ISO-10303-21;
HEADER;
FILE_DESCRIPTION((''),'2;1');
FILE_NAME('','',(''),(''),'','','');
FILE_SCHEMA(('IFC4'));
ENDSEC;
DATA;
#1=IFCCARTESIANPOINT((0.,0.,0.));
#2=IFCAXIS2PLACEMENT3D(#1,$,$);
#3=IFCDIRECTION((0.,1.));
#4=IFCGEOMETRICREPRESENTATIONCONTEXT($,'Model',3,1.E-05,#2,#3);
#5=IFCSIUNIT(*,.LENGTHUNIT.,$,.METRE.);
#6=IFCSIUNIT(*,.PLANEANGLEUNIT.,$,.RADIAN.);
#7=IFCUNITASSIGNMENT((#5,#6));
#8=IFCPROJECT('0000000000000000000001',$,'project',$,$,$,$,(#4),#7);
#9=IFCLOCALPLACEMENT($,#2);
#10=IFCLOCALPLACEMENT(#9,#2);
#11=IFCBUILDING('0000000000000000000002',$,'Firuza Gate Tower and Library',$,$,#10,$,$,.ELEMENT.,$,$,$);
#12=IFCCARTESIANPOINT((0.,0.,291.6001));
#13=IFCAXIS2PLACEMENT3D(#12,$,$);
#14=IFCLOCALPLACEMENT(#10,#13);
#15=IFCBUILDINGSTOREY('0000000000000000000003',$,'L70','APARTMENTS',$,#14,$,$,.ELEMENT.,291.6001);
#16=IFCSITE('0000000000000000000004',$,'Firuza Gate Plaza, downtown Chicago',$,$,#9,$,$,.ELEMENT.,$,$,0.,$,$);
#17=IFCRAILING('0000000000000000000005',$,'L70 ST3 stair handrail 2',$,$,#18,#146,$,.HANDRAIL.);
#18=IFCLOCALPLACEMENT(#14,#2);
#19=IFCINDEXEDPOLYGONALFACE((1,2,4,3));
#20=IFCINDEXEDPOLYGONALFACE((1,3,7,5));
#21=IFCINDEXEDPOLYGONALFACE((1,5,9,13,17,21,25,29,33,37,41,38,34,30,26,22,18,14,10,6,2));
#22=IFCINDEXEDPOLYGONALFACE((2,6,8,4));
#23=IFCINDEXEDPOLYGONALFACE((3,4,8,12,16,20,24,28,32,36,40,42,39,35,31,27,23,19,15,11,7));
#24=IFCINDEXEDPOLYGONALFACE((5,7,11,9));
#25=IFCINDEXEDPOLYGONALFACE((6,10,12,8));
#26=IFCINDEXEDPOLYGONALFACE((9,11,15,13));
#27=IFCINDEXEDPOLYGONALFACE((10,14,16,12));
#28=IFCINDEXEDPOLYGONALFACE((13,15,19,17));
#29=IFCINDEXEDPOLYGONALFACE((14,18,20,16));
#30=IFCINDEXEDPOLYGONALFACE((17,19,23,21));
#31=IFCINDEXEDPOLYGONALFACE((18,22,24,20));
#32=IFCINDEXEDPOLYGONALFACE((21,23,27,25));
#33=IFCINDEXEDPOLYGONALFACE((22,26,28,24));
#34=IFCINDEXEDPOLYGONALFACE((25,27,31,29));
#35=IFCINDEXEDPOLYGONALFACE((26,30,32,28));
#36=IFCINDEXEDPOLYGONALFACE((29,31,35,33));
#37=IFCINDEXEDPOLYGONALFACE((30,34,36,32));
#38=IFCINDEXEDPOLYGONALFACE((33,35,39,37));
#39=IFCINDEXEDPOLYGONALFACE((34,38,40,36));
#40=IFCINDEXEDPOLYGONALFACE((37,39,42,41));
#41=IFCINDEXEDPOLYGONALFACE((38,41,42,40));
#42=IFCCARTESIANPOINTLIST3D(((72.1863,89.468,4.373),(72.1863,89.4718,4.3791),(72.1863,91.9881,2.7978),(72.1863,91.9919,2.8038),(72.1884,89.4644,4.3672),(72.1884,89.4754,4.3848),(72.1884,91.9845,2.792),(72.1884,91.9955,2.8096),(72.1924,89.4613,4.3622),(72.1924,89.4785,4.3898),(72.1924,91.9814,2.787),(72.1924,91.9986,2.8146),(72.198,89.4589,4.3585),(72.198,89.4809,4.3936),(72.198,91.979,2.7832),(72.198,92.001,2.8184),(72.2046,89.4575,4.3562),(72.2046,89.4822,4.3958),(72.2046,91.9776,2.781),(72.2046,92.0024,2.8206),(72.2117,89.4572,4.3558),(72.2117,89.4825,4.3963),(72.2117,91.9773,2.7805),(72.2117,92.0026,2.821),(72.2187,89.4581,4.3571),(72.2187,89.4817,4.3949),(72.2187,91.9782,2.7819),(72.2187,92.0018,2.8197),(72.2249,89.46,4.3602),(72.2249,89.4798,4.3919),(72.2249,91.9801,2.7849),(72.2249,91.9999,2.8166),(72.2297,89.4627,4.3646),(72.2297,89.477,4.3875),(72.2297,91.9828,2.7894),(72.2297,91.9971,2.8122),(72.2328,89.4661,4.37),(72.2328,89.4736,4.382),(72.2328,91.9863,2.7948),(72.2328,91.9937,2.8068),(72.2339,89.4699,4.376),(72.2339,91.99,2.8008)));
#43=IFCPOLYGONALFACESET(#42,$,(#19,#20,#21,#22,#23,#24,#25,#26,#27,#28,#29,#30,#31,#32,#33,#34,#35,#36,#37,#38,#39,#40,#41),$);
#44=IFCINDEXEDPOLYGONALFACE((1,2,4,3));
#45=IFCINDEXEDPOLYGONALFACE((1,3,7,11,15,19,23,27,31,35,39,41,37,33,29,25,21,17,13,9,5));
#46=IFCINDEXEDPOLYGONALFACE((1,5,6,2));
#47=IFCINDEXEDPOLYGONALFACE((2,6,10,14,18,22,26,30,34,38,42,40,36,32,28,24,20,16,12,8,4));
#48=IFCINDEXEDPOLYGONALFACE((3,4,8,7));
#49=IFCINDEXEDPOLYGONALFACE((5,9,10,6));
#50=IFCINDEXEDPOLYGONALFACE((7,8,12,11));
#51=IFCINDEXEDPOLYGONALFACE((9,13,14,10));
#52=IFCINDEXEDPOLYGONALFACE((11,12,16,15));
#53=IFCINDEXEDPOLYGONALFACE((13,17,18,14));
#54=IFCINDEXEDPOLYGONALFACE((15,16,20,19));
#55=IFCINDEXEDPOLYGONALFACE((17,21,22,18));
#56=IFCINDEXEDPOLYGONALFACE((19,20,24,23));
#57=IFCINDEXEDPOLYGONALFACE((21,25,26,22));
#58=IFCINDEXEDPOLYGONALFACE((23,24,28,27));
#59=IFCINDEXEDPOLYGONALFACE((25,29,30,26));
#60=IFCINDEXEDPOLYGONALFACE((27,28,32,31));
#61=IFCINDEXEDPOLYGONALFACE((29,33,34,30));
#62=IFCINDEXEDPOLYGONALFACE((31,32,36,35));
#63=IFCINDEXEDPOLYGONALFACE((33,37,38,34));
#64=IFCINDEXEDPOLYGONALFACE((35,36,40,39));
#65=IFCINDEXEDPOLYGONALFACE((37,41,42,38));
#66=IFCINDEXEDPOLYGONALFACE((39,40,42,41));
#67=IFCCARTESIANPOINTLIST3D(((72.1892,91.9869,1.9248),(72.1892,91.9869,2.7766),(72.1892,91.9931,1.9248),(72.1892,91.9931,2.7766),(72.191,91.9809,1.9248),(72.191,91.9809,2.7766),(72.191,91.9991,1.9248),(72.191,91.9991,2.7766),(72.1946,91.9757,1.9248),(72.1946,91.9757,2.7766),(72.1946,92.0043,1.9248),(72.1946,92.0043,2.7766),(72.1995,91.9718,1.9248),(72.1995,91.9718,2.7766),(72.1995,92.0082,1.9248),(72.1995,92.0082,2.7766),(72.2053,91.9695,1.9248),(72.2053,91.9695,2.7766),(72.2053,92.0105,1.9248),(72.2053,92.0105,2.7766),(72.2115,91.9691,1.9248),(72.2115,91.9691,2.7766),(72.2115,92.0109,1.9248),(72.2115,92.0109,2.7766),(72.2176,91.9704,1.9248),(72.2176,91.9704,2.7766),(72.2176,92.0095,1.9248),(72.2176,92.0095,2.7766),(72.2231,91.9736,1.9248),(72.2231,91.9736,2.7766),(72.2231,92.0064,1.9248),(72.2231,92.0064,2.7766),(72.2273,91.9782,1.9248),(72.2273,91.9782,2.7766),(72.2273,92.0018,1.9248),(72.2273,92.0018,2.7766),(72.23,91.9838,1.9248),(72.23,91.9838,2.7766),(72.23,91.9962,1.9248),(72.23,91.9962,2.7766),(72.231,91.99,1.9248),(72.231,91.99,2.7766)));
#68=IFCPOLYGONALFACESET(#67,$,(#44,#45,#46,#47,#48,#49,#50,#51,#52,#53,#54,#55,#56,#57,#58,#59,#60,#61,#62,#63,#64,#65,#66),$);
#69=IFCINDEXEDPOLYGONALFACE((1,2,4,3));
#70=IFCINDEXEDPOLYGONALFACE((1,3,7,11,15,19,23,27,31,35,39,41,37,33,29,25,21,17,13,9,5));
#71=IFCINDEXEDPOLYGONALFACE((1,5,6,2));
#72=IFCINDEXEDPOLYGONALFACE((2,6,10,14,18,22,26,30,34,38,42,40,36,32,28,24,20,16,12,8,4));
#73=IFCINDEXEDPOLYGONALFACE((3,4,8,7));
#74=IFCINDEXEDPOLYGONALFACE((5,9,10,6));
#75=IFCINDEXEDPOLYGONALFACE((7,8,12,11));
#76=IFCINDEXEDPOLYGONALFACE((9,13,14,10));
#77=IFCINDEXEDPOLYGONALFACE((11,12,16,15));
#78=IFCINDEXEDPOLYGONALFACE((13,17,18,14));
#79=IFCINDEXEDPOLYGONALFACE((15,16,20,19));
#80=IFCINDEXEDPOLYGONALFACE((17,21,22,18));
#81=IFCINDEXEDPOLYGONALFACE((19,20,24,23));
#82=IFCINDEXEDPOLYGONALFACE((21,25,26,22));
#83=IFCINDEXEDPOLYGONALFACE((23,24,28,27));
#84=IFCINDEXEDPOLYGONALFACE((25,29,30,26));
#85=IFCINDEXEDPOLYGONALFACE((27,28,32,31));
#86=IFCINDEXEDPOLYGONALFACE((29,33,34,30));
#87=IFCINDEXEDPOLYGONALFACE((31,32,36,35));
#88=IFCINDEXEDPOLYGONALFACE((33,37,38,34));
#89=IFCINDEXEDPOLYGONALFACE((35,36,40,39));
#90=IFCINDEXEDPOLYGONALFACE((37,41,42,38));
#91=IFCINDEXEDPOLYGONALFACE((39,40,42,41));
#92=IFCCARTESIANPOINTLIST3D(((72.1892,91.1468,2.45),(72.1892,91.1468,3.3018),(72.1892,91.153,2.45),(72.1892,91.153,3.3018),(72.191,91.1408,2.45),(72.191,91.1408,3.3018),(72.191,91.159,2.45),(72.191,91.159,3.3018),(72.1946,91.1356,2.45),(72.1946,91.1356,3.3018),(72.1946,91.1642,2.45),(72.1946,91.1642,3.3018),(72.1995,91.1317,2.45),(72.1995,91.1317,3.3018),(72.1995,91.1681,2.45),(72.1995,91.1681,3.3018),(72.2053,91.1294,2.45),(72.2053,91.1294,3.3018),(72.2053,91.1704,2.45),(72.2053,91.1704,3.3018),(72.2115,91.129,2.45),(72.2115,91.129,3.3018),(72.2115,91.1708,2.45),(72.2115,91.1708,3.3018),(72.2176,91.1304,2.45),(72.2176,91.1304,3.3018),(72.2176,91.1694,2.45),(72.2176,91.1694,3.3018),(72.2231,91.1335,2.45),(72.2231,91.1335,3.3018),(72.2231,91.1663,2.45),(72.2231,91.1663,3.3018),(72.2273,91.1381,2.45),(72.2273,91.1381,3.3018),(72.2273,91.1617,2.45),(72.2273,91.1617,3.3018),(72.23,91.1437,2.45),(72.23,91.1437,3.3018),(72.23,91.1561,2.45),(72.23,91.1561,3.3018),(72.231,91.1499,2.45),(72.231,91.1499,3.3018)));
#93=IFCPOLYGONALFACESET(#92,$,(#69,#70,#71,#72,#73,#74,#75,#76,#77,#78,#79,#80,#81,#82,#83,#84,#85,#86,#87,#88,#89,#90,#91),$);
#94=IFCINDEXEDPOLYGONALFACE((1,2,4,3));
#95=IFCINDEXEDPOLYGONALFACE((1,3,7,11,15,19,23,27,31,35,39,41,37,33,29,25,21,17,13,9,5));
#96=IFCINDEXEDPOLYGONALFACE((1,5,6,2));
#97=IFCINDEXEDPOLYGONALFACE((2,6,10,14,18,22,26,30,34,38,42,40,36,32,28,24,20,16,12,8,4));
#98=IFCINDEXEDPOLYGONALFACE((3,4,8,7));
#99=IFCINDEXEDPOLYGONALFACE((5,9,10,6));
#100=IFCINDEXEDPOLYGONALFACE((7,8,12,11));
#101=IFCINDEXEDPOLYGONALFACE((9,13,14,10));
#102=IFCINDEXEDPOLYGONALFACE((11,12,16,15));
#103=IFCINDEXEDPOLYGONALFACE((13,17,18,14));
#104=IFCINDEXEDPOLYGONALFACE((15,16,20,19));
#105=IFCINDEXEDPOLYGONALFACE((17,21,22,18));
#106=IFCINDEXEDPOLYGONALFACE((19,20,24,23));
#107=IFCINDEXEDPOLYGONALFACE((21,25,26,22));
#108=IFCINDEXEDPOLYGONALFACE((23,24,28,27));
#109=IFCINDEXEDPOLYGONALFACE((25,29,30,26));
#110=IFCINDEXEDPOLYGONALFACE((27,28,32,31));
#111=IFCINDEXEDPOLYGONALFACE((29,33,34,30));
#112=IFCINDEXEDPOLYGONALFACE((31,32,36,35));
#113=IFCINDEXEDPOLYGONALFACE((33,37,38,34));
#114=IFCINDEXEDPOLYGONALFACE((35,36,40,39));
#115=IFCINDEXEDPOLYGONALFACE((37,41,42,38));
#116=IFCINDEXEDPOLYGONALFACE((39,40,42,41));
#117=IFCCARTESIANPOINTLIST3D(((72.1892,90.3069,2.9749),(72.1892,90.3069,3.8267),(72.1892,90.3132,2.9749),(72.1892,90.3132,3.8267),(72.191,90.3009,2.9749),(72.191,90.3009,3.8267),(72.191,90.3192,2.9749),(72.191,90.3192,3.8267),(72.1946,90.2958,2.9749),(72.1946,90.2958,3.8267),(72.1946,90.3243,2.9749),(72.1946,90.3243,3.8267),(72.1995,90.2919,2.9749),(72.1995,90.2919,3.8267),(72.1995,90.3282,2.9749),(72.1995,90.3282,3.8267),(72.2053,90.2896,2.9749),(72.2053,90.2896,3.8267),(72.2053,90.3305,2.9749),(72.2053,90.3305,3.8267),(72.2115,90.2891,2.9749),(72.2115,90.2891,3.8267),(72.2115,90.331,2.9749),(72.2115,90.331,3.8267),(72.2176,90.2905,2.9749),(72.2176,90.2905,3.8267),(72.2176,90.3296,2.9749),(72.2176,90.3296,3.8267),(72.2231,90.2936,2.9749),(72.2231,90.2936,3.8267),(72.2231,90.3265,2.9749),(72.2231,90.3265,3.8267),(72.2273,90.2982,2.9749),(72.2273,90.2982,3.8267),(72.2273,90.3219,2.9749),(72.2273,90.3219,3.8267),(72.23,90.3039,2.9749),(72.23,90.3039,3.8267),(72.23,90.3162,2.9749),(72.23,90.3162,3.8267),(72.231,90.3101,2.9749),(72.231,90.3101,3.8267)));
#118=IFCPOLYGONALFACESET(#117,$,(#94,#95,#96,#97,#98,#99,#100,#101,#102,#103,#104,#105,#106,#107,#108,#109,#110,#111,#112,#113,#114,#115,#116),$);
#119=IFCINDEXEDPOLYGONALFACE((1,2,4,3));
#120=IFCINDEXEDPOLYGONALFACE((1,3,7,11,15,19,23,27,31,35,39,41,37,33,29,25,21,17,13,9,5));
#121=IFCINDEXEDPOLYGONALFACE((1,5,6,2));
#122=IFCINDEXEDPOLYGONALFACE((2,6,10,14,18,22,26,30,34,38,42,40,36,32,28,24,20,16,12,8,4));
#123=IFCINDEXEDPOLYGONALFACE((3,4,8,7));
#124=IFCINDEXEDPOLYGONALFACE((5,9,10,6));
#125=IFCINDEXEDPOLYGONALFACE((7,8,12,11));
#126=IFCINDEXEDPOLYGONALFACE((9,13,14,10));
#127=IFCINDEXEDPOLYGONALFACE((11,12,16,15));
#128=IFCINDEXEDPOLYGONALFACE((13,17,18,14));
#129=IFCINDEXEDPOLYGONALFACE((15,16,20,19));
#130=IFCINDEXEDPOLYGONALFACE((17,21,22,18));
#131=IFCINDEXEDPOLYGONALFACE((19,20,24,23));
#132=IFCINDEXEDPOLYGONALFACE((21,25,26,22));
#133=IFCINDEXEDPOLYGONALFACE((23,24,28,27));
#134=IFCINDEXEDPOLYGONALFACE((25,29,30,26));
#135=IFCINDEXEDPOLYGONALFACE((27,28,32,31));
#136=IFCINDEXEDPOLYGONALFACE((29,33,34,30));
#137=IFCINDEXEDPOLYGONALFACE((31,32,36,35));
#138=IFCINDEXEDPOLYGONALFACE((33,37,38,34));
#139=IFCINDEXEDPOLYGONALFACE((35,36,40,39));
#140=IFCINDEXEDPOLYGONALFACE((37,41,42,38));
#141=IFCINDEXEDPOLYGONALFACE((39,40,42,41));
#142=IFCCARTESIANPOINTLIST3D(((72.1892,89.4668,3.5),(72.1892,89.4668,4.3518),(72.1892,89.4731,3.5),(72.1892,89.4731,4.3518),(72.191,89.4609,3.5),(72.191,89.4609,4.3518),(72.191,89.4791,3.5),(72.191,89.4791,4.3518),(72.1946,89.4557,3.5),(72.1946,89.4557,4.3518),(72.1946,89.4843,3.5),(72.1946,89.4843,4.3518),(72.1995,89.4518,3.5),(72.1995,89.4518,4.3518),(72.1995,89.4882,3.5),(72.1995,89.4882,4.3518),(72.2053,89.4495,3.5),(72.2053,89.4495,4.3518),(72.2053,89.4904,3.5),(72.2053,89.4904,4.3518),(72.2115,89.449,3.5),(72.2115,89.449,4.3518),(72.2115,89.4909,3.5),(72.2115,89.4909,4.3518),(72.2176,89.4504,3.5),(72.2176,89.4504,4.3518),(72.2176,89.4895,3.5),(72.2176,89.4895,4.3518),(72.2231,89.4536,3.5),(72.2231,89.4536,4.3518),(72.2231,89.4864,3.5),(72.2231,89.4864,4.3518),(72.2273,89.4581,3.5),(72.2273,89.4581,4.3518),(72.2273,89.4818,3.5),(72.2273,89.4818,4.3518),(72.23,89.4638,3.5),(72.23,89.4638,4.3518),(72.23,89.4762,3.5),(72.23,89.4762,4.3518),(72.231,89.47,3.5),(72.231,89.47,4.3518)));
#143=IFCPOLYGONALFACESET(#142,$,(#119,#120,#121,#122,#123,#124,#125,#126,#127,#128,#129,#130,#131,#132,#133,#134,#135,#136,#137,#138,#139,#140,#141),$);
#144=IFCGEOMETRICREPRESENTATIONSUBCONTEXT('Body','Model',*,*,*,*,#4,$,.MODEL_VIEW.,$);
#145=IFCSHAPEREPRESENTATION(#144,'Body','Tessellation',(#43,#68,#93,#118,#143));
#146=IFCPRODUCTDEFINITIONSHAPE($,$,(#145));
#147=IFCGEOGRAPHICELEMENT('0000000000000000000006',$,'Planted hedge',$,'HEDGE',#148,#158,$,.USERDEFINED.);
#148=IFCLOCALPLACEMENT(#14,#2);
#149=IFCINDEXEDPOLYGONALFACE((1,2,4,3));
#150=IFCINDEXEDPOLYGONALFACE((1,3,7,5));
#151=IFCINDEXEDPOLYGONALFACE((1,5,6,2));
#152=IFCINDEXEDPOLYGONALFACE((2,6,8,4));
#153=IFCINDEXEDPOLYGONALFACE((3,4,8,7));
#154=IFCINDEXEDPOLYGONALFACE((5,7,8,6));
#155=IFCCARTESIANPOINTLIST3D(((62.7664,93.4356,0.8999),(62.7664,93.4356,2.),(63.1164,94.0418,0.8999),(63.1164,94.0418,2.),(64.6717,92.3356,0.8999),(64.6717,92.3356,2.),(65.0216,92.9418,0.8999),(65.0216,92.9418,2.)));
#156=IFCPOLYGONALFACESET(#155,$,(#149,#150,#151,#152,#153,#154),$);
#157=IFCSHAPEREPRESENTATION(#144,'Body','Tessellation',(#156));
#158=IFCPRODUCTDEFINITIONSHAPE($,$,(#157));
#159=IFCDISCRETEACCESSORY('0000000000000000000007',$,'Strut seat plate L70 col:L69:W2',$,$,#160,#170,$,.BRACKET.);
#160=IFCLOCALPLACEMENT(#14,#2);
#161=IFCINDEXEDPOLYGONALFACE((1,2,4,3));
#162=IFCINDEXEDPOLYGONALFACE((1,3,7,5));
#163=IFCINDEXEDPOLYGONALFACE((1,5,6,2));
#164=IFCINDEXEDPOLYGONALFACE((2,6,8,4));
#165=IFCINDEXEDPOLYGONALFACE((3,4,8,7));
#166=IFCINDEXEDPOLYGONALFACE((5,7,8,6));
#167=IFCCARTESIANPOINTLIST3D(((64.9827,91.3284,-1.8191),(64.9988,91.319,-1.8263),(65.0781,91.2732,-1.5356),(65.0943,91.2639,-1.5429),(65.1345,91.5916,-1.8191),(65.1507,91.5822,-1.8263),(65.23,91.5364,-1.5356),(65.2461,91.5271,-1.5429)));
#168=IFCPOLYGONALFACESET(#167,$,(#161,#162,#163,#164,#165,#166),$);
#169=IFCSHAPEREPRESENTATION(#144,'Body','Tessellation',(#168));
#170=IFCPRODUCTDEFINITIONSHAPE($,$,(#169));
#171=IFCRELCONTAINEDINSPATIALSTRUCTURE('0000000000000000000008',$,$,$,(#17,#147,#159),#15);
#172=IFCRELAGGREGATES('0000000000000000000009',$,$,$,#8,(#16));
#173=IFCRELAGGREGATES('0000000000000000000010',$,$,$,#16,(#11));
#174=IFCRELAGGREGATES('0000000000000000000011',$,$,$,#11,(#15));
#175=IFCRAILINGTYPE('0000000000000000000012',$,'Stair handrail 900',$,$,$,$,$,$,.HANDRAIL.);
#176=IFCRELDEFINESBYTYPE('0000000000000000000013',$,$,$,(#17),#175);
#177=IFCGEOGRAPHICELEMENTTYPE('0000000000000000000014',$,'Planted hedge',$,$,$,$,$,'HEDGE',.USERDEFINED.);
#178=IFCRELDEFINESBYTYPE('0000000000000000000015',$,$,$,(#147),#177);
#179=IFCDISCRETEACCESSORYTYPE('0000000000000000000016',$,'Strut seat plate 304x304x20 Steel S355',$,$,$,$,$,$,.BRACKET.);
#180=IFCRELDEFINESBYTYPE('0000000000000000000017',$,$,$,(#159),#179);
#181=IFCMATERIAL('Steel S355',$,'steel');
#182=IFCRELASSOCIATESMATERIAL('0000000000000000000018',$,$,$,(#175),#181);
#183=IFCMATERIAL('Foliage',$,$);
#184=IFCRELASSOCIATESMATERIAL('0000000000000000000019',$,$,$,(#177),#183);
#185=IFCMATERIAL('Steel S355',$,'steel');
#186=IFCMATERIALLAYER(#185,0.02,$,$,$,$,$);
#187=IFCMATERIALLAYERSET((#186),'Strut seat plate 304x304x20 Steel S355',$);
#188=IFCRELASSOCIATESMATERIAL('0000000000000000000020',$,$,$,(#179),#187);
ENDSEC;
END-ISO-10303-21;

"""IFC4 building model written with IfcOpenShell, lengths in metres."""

from ifc_helpers import new_model, si_unit, direction, frame, origin, origin_2d, place, context, subcontext, project, spatial, polyline, rectangle, circle, outline, extrude, material, layer, layer_set, type_object, element, save


model = new_model("IFC4")

# Units and contexts
model_context = context("Model", 3, precision=1e-05, world=origin(), true_north=direction((0.0, 1.0)))
body_context = subcontext(model_context, "Body", "Model", "MODEL_VIEW")
ifc_project = project(units=[si_unit("LENGTHUNIT", "METRE"), si_unit("PLANEANGLEUNIT", "RADIAN")], contexts=[model_context])

# Site, building, storey
site_placement = place(None, origin())
site = spatial("IfcSite", under=ifc_project, at=site_placement, Name="Firuza Gate Plaza, downtown Chicago", CompositionType="ELEMENT", RefElevation=0.0)
building_placement = place(site_placement, origin())
building = spatial("IfcBuilding", under=site, at=building_placement, Name="Firuza Gate Tower and Library", CompositionType="ELEMENT")
storey_placement = place(building_placement, frame((0.0, 0.0, 291.6001)))
storey = spatial("IfcBuildingStorey", under=building, at=storey_placement, Name="L70", Description="APARTMENTS", CompositionType="ELEMENT", Elevation=291.6001)

# Railing
ifc_material_1 = material(Name="Steel S355", Category="steel")
railing_type = type_object("IfcRailingType", Name="Stair handrail 900", PredefinedType="HANDRAIL", material=ifc_material_1)
railing_placement = place(storey_placement, frame((72.21, 91.99, 1.9248)))
element("IfcRailing", 1, at=railing_placement, inside=storey, type_object=railing_type, Name="L70 ST3 stair handrail 2", PredefinedType="HANDRAIL", context=body_context, shape_type="SweptSolid", body=[
    extrude(circle(Radius=0.0239, at=origin_2d()), frame((0.0, 0.0, 0.876), z_axis=(0.0, -0.847971, 0.530043), x_axis=(1.0, 0.0, 0.0)), (0.0, 0.0, 1.0), 2.9719),
    extrude(circle(Radius=0.021, at=origin_2d()), origin(), (0.0, 0.0, 1.0), 0.8518),
    extrude(circle(Radius=0.021, at=origin_2d()), frame((0.0, -0.8401, 0.5251)), (0.0, 0.0, 1.0), 0.8518),
    extrude(circle(Radius=0.021, at=origin_2d()), frame((0.0, -1.6799, 1.05)), (0.0, 0.0, 1.0), 0.8518),
    extrude(circle(Radius=0.021, at=origin_2d()), frame((0.0, -2.52, 1.5752)), (0.0, 0.0, 1.0), 0.8518),
])

# Geographic element
ifc_material_2 = material(Name="Foliage")
geographic_element_type = type_object("IfcGeographicElementType", Name="Planted hedge", ElementType="HEDGE", PredefinedType="USERDEFINED", material=ifc_material_2)
geographic_element_placement = place(storey_placement, frame((63.894, 93.1887, 0.8999), z_axis=(0.0, 0.0, 1.0), x_axis=(0.866025, -0.5, 0.0)))
element("IfcGeographicElement", 2, at=geographic_element_placement, inside=storey, type_object=geographic_element_type, Name="Planted hedge", ObjectType="HEDGE", PredefinedType="USERDEFINED", context=body_context, shape_type="SweptSolid", body=[
    extrude(rectangle(XDim=2.2, YDim=0.7, at=origin_2d()), origin(), (0.0, 0.0, 1.0), 1.1001),
])

# Discrete accessory
ifc_material_3 = material(Name="Steel S355", Category="steel")
ifc_layer_1 = layer(ifc_material_3, 0.02)
ifc_layer_set_1 = layer_set([ifc_layer_1], Name="Strut seat plate 304x304x20 Steel S355")
discrete_accessory_type = type_object("IfcDiscreteAccessoryType", Name="Strut seat plate 304x304x20 Steel S355", PredefinedType="BRACKET", material=ifc_layer_set_1)
discrete_accessory_placement = place(storey_placement, frame((65.0781, 91.2732, -1.5356), z_axis=(-0.807237, 0.465771, 0.362527), x_axis=(0.499769, 0.866159, 0.0)))
element("IfcDiscreteAccessory", 3, at=discrete_accessory_placement, inside=storey, type_object=discrete_accessory_type, Name="Strut seat plate L70 col:L69:W2", PredefinedType="BRACKET", context=body_context, shape_type="SweptSolid", body=[
    extrude(outline(polyline([(0.0, 0.0), (0.3039, 0.0), (0.3039, 0.3041), (0.0001, 0.3041), (0.0, 0.0)])), origin(), (0.0, 0.0, -1.0), 0.02),
])

save(model, "model.ifc")
